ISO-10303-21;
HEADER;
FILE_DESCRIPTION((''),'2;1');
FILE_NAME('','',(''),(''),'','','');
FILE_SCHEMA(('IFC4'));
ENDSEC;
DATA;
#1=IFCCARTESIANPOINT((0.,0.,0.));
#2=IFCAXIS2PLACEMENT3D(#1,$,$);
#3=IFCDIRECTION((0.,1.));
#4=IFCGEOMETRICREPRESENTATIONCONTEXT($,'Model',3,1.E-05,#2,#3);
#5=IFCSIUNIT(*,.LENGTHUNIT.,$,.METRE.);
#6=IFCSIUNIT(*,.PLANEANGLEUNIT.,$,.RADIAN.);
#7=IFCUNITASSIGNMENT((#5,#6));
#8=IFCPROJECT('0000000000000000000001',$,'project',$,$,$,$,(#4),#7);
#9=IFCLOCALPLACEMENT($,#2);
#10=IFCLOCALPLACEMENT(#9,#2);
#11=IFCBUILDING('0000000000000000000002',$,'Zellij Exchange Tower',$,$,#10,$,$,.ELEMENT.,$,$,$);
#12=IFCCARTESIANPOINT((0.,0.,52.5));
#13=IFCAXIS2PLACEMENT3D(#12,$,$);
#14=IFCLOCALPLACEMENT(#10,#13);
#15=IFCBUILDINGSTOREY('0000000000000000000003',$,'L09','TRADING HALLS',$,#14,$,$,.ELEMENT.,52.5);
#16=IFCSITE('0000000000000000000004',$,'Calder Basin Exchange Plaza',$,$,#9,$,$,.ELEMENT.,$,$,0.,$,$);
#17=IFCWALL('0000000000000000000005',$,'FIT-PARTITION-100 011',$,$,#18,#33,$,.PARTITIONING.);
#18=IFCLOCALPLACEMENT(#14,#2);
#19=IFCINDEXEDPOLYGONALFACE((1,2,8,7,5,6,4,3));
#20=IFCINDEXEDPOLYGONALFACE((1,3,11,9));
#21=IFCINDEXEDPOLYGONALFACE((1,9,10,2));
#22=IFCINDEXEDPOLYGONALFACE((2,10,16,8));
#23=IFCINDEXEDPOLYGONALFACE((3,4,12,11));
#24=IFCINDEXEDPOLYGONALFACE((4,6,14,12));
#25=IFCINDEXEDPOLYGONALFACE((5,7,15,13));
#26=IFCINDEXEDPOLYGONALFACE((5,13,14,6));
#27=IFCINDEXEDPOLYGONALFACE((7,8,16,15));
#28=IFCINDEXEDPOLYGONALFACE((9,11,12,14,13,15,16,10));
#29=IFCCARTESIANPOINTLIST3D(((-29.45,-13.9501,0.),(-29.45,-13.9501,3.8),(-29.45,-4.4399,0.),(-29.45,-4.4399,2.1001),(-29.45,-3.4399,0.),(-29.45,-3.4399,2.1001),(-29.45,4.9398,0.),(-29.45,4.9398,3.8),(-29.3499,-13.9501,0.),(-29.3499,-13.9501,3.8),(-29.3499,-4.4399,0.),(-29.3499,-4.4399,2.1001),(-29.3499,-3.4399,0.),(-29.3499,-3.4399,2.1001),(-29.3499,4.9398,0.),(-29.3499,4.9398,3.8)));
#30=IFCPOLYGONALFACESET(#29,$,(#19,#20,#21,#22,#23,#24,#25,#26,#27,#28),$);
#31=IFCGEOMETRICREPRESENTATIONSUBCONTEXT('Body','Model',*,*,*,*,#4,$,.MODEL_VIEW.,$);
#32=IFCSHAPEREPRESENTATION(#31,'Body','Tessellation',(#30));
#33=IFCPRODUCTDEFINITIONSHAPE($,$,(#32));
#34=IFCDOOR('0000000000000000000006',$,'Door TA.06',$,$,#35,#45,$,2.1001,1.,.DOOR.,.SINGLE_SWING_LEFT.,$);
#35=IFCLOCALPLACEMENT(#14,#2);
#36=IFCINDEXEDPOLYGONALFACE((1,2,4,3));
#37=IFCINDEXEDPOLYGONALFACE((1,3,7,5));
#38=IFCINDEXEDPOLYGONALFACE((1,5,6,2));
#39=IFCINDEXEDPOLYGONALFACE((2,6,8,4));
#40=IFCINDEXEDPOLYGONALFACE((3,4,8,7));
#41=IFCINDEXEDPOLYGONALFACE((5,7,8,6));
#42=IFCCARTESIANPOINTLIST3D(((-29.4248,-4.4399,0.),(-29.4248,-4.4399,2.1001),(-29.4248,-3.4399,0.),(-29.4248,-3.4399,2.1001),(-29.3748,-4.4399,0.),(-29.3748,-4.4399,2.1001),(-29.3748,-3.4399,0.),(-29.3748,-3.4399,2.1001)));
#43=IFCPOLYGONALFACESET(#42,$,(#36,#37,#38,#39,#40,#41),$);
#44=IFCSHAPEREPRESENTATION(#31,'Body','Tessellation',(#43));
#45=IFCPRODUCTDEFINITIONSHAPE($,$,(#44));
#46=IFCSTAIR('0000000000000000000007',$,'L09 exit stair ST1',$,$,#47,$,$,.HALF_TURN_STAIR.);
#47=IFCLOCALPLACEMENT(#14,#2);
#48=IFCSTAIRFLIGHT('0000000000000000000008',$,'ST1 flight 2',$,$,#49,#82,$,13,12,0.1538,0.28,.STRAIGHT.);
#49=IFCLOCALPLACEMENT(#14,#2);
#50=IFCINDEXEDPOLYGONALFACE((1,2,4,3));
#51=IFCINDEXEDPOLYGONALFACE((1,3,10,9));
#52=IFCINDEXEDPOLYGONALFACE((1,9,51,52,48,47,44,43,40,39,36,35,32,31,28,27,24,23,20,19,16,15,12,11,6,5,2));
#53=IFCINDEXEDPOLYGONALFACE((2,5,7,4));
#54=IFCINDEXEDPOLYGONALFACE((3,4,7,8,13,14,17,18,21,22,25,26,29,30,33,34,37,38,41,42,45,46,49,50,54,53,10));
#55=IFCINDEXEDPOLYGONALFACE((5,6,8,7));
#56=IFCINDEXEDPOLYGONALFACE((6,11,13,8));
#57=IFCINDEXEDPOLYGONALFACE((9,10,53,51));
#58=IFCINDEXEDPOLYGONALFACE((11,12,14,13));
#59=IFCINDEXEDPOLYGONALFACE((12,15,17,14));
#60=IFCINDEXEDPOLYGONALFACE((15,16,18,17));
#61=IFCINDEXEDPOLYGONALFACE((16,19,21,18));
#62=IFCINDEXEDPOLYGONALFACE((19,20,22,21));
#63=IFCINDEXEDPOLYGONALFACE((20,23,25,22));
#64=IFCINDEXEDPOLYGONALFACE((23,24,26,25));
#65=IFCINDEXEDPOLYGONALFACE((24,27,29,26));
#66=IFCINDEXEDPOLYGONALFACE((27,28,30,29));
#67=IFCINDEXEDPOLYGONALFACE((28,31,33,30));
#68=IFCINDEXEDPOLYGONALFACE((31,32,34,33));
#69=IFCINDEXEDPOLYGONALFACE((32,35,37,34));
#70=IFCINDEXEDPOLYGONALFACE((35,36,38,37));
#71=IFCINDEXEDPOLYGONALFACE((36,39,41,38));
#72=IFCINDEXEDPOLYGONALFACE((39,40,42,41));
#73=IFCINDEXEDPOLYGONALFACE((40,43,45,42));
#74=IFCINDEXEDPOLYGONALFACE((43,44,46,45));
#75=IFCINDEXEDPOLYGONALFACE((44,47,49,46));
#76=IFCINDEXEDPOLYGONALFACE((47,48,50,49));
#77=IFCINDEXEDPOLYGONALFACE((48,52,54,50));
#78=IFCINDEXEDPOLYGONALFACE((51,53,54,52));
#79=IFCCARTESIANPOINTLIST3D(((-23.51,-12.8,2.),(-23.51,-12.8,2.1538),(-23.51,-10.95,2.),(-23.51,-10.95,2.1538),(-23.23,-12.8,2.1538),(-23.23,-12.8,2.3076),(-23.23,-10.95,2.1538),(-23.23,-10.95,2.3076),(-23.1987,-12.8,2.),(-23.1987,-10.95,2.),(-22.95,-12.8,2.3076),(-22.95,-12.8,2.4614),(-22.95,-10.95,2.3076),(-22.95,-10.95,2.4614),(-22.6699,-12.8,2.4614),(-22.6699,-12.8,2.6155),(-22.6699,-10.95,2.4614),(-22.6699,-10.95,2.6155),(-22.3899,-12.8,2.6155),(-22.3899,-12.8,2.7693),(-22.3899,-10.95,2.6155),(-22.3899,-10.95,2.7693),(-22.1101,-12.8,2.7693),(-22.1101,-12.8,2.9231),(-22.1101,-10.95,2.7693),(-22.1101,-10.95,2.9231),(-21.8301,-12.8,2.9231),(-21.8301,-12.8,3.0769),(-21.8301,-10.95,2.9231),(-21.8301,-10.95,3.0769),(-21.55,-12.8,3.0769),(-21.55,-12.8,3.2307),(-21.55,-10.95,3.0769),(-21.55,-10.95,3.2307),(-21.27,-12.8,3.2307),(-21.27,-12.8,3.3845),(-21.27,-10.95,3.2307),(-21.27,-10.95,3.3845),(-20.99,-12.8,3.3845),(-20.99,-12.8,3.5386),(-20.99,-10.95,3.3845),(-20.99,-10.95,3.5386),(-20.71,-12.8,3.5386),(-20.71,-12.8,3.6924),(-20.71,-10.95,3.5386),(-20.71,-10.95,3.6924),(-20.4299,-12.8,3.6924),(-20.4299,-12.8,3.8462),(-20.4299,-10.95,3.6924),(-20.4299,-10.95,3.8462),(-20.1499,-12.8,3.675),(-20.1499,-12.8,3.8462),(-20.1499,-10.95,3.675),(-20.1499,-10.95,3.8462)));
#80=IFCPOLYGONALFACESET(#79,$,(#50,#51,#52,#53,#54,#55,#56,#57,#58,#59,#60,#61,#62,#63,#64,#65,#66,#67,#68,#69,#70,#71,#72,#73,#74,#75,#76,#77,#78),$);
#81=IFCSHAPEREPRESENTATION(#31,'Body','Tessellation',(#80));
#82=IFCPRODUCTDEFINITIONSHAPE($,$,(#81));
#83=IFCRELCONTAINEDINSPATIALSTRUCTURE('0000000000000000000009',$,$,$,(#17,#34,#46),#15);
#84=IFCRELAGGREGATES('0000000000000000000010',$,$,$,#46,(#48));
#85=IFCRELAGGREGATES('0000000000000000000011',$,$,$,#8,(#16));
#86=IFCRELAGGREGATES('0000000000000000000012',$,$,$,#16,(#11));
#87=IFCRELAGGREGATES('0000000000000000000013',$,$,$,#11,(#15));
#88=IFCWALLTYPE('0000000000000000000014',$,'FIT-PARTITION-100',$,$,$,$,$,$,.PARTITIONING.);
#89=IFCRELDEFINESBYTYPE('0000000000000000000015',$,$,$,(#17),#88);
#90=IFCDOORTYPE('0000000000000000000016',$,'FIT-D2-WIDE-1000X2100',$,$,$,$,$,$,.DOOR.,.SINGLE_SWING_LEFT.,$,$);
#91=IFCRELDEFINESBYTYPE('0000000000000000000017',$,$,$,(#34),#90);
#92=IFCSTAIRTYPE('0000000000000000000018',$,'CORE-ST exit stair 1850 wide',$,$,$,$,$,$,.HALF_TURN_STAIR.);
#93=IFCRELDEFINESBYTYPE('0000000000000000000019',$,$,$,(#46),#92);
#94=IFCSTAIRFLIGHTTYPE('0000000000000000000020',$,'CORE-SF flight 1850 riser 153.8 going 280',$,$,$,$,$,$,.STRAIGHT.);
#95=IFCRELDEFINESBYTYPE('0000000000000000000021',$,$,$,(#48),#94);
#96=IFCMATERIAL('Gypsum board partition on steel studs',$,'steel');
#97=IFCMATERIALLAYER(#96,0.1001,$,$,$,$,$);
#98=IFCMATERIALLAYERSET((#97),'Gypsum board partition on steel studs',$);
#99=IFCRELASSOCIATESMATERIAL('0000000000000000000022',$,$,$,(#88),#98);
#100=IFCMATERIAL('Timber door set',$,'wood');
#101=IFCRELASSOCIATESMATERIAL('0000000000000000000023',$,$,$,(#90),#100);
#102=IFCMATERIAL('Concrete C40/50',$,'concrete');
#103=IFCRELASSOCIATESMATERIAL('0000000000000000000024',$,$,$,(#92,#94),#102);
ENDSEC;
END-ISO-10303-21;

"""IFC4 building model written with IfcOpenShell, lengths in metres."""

from ifc_helpers import new_model, si_unit, direction, frame, frame_2d, origin, place, context, subcontext, project, spatial, polyline, rectangle, outline, extrude, material, layer, layer_set, type_object, element, fill, aggregate, save


model = new_model("IFC4")

# Units and contexts
model_context = context("Model", 3, precision=1e-05, world=origin(), true_north=direction((0.0, 1.0)))
body_context = subcontext(model_context, "Body", "Model", "MODEL_VIEW")
ifc_project = project(units=[si_unit("LENGTHUNIT", "METRE"), si_unit("PLANEANGLEUNIT", "RADIAN")], contexts=[model_context])

# Site, building, storey
site_placement = place(None, origin())
site = spatial("IfcSite", under=ifc_project, at=site_placement, Name="Calder Basin Exchange Plaza", CompositionType="ELEMENT", RefElevation=0.0)
building_placement = place(site_placement, origin())
building = spatial("IfcBuilding", under=site, at=building_placement, Name="Zellij Exchange Tower", CompositionType="ELEMENT")
storey_placement = place(building_placement, frame((0.0, 0.0, 52.5)))
storey = spatial("IfcBuildingStorey", under=building, at=storey_placement, Name="L09", Description="TRADING HALLS", CompositionType="ELEMENT", Elevation=52.5)

# Shared definitions
ifc_material_1 = material(Name="Gypsum board partition on steel studs", Category="steel")
ifc_layer_1 = layer(ifc_material_1, 0.1001)
ifc_layer_set_1 = layer_set([ifc_layer_1], Name="Gypsum board partition on steel studs")
wall_type_1 = type_object("IfcWallType", Name="FIT-PARTITION-100", PredefinedType="PARTITIONING", material=ifc_layer_set_1)
ifc_material_2 = material(Name="Timber door set", Category="wood")

# Wall, opening, door
wall_1_placement = place(storey_placement, frame((-29.3999, -13.95, 0.0), z_axis=(0.0, 0.0, 1.0), x_axis=(0.0, 1.0, 0.0)))
wall_1 = element("IfcWall", 1, at=wall_1_placement, inside=storey, type_object=wall_type_1, Name="FIT-PARTITION-100 011", PredefinedType="PARTITIONING", context=body_context, shape_type="SweptSolid", body=[
    extrude(rectangle(XDim=18.8899, YDim=0.1001, at=frame_2d((9.4448, 0.0))), origin(), (0.0, 0.0, 1.0), 3.8),
])
opening_1_placement = place(wall_1_placement, frame((9.51, 0.0, 0.0)))
opening_1 = element("IfcOpeningElement", 2, at=opening_1_placement, cuts=wall_1, PredefinedType="OPENING", context=body_context, shape_type="SweptSolid", body=[
    extrude(rectangle(XDim=1.0, YDim=2.1001, at=frame_2d((0.5, 1.05))), frame((0.0, 0.062, 0.0), z_axis=(0.0, -1.0, 0.0), x_axis=(1.0, 0.0, 0.0)), (0.0, 0.0, 1.0), 0.124),
])
door_type_1 = type_object("IfcDoorType", Name="FIT-D2-WIDE-1000X2100", OperationType="SINGLE_SWING_LEFT", PredefinedType="DOOR", material=ifc_material_2)
door_1_placement = place(opening_1_placement, origin())
door_1 = element("IfcDoor", 3, at=door_1_placement, inside=storey, type_object=door_type_1, Name="Door TA.06", OperationType="SINGLE_SWING_LEFT", OverallHeight=2.1001, OverallWidth=1.0, PredefinedType="DOOR", context=body_context, shape_type="SweptSolid", body=[
    extrude(rectangle(XDim=1.0, YDim=2.1001, at=frame_2d((0.5, 1.05))), frame((0.0, 0.0249, 0.0), z_axis=(0.0, -1.0, 0.0), x_axis=(1.0, 0.0, 0.0)), (0.0, 0.0, 1.0), 0.05),
])
fill(opening_1, door_1)

# Stair, stair flight
ifc_material_3 = material(Name="Concrete C40/50", Category="concrete")
stair_type = type_object("IfcStairType", Name="CORE-ST exit stair 1850 wide", PredefinedType="HALF_TURN_STAIR", material=ifc_material_3)
stair_placement = place(storey_placement, origin())
stair = element("IfcStair", 4, at=stair_placement, inside=storey, type_object=stair_type, Name="L09 exit stair ST1", PredefinedType="HALF_TURN_STAIR")
stair_flight_type = type_object("IfcStairFlightType", Name="CORE-SF flight 1850 riser 153.8 going 280", PredefinedType="STRAIGHT", material=ifc_material_3)
stair_flight_placement = place(storey_placement, frame((-23.51, -11.875, 2.0), z_axis=(0.0, 0.0, 1.0), x_axis=(1.0, 0.0, 0.0)))
stair_flight = element("IfcStairFlight", 5, at=stair_flight_placement, type_object=stair_flight_type, Name="ST1 flight 2", NumberOfRisers=13, NumberOfTreads=12, PredefinedType="STRAIGHT", RiserHeight=0.1538, TreadLength=0.28, context=body_context, shape_type="SweptSolid", body=[
    extrude(outline(polyline([(0.0, 0.0), (0.0, 0.1538), (0.28, 0.1538), (0.28, 0.3076), (0.5601, 0.3076), (0.5601, 0.4614), (0.8401, 0.4614), (0.8401, 0.6155), (1.1201, 0.6155), (1.1201, 0.7693), (1.3999, 0.7693), (1.3999, 0.9231), (1.6799, 0.9231), (1.6799, 1.0769), (1.96, 1.0769), (1.96, 1.2307), (2.24, 1.2307), (2.24, 1.3845), (2.52, 1.3845), (2.52, 1.5386), (2.8, 1.5386), (2.8, 1.6924), (3.0801, 1.6924), (3.0801, 1.8462), (3.3601, 1.8462), (3.3601, 2.0), (3.3601, 1.675), (0.3113, 0.0), (0.0, 0.0)])), frame((0.0, 0.925, 0.0), z_axis=(0.0, -1.0, 0.0), x_axis=(1.0, 0.0, 0.0)), (0.0, 0.0, 1.0), 1.8501),
])
aggregate(stair, [stair_flight])

save(model, "model.ifc")
